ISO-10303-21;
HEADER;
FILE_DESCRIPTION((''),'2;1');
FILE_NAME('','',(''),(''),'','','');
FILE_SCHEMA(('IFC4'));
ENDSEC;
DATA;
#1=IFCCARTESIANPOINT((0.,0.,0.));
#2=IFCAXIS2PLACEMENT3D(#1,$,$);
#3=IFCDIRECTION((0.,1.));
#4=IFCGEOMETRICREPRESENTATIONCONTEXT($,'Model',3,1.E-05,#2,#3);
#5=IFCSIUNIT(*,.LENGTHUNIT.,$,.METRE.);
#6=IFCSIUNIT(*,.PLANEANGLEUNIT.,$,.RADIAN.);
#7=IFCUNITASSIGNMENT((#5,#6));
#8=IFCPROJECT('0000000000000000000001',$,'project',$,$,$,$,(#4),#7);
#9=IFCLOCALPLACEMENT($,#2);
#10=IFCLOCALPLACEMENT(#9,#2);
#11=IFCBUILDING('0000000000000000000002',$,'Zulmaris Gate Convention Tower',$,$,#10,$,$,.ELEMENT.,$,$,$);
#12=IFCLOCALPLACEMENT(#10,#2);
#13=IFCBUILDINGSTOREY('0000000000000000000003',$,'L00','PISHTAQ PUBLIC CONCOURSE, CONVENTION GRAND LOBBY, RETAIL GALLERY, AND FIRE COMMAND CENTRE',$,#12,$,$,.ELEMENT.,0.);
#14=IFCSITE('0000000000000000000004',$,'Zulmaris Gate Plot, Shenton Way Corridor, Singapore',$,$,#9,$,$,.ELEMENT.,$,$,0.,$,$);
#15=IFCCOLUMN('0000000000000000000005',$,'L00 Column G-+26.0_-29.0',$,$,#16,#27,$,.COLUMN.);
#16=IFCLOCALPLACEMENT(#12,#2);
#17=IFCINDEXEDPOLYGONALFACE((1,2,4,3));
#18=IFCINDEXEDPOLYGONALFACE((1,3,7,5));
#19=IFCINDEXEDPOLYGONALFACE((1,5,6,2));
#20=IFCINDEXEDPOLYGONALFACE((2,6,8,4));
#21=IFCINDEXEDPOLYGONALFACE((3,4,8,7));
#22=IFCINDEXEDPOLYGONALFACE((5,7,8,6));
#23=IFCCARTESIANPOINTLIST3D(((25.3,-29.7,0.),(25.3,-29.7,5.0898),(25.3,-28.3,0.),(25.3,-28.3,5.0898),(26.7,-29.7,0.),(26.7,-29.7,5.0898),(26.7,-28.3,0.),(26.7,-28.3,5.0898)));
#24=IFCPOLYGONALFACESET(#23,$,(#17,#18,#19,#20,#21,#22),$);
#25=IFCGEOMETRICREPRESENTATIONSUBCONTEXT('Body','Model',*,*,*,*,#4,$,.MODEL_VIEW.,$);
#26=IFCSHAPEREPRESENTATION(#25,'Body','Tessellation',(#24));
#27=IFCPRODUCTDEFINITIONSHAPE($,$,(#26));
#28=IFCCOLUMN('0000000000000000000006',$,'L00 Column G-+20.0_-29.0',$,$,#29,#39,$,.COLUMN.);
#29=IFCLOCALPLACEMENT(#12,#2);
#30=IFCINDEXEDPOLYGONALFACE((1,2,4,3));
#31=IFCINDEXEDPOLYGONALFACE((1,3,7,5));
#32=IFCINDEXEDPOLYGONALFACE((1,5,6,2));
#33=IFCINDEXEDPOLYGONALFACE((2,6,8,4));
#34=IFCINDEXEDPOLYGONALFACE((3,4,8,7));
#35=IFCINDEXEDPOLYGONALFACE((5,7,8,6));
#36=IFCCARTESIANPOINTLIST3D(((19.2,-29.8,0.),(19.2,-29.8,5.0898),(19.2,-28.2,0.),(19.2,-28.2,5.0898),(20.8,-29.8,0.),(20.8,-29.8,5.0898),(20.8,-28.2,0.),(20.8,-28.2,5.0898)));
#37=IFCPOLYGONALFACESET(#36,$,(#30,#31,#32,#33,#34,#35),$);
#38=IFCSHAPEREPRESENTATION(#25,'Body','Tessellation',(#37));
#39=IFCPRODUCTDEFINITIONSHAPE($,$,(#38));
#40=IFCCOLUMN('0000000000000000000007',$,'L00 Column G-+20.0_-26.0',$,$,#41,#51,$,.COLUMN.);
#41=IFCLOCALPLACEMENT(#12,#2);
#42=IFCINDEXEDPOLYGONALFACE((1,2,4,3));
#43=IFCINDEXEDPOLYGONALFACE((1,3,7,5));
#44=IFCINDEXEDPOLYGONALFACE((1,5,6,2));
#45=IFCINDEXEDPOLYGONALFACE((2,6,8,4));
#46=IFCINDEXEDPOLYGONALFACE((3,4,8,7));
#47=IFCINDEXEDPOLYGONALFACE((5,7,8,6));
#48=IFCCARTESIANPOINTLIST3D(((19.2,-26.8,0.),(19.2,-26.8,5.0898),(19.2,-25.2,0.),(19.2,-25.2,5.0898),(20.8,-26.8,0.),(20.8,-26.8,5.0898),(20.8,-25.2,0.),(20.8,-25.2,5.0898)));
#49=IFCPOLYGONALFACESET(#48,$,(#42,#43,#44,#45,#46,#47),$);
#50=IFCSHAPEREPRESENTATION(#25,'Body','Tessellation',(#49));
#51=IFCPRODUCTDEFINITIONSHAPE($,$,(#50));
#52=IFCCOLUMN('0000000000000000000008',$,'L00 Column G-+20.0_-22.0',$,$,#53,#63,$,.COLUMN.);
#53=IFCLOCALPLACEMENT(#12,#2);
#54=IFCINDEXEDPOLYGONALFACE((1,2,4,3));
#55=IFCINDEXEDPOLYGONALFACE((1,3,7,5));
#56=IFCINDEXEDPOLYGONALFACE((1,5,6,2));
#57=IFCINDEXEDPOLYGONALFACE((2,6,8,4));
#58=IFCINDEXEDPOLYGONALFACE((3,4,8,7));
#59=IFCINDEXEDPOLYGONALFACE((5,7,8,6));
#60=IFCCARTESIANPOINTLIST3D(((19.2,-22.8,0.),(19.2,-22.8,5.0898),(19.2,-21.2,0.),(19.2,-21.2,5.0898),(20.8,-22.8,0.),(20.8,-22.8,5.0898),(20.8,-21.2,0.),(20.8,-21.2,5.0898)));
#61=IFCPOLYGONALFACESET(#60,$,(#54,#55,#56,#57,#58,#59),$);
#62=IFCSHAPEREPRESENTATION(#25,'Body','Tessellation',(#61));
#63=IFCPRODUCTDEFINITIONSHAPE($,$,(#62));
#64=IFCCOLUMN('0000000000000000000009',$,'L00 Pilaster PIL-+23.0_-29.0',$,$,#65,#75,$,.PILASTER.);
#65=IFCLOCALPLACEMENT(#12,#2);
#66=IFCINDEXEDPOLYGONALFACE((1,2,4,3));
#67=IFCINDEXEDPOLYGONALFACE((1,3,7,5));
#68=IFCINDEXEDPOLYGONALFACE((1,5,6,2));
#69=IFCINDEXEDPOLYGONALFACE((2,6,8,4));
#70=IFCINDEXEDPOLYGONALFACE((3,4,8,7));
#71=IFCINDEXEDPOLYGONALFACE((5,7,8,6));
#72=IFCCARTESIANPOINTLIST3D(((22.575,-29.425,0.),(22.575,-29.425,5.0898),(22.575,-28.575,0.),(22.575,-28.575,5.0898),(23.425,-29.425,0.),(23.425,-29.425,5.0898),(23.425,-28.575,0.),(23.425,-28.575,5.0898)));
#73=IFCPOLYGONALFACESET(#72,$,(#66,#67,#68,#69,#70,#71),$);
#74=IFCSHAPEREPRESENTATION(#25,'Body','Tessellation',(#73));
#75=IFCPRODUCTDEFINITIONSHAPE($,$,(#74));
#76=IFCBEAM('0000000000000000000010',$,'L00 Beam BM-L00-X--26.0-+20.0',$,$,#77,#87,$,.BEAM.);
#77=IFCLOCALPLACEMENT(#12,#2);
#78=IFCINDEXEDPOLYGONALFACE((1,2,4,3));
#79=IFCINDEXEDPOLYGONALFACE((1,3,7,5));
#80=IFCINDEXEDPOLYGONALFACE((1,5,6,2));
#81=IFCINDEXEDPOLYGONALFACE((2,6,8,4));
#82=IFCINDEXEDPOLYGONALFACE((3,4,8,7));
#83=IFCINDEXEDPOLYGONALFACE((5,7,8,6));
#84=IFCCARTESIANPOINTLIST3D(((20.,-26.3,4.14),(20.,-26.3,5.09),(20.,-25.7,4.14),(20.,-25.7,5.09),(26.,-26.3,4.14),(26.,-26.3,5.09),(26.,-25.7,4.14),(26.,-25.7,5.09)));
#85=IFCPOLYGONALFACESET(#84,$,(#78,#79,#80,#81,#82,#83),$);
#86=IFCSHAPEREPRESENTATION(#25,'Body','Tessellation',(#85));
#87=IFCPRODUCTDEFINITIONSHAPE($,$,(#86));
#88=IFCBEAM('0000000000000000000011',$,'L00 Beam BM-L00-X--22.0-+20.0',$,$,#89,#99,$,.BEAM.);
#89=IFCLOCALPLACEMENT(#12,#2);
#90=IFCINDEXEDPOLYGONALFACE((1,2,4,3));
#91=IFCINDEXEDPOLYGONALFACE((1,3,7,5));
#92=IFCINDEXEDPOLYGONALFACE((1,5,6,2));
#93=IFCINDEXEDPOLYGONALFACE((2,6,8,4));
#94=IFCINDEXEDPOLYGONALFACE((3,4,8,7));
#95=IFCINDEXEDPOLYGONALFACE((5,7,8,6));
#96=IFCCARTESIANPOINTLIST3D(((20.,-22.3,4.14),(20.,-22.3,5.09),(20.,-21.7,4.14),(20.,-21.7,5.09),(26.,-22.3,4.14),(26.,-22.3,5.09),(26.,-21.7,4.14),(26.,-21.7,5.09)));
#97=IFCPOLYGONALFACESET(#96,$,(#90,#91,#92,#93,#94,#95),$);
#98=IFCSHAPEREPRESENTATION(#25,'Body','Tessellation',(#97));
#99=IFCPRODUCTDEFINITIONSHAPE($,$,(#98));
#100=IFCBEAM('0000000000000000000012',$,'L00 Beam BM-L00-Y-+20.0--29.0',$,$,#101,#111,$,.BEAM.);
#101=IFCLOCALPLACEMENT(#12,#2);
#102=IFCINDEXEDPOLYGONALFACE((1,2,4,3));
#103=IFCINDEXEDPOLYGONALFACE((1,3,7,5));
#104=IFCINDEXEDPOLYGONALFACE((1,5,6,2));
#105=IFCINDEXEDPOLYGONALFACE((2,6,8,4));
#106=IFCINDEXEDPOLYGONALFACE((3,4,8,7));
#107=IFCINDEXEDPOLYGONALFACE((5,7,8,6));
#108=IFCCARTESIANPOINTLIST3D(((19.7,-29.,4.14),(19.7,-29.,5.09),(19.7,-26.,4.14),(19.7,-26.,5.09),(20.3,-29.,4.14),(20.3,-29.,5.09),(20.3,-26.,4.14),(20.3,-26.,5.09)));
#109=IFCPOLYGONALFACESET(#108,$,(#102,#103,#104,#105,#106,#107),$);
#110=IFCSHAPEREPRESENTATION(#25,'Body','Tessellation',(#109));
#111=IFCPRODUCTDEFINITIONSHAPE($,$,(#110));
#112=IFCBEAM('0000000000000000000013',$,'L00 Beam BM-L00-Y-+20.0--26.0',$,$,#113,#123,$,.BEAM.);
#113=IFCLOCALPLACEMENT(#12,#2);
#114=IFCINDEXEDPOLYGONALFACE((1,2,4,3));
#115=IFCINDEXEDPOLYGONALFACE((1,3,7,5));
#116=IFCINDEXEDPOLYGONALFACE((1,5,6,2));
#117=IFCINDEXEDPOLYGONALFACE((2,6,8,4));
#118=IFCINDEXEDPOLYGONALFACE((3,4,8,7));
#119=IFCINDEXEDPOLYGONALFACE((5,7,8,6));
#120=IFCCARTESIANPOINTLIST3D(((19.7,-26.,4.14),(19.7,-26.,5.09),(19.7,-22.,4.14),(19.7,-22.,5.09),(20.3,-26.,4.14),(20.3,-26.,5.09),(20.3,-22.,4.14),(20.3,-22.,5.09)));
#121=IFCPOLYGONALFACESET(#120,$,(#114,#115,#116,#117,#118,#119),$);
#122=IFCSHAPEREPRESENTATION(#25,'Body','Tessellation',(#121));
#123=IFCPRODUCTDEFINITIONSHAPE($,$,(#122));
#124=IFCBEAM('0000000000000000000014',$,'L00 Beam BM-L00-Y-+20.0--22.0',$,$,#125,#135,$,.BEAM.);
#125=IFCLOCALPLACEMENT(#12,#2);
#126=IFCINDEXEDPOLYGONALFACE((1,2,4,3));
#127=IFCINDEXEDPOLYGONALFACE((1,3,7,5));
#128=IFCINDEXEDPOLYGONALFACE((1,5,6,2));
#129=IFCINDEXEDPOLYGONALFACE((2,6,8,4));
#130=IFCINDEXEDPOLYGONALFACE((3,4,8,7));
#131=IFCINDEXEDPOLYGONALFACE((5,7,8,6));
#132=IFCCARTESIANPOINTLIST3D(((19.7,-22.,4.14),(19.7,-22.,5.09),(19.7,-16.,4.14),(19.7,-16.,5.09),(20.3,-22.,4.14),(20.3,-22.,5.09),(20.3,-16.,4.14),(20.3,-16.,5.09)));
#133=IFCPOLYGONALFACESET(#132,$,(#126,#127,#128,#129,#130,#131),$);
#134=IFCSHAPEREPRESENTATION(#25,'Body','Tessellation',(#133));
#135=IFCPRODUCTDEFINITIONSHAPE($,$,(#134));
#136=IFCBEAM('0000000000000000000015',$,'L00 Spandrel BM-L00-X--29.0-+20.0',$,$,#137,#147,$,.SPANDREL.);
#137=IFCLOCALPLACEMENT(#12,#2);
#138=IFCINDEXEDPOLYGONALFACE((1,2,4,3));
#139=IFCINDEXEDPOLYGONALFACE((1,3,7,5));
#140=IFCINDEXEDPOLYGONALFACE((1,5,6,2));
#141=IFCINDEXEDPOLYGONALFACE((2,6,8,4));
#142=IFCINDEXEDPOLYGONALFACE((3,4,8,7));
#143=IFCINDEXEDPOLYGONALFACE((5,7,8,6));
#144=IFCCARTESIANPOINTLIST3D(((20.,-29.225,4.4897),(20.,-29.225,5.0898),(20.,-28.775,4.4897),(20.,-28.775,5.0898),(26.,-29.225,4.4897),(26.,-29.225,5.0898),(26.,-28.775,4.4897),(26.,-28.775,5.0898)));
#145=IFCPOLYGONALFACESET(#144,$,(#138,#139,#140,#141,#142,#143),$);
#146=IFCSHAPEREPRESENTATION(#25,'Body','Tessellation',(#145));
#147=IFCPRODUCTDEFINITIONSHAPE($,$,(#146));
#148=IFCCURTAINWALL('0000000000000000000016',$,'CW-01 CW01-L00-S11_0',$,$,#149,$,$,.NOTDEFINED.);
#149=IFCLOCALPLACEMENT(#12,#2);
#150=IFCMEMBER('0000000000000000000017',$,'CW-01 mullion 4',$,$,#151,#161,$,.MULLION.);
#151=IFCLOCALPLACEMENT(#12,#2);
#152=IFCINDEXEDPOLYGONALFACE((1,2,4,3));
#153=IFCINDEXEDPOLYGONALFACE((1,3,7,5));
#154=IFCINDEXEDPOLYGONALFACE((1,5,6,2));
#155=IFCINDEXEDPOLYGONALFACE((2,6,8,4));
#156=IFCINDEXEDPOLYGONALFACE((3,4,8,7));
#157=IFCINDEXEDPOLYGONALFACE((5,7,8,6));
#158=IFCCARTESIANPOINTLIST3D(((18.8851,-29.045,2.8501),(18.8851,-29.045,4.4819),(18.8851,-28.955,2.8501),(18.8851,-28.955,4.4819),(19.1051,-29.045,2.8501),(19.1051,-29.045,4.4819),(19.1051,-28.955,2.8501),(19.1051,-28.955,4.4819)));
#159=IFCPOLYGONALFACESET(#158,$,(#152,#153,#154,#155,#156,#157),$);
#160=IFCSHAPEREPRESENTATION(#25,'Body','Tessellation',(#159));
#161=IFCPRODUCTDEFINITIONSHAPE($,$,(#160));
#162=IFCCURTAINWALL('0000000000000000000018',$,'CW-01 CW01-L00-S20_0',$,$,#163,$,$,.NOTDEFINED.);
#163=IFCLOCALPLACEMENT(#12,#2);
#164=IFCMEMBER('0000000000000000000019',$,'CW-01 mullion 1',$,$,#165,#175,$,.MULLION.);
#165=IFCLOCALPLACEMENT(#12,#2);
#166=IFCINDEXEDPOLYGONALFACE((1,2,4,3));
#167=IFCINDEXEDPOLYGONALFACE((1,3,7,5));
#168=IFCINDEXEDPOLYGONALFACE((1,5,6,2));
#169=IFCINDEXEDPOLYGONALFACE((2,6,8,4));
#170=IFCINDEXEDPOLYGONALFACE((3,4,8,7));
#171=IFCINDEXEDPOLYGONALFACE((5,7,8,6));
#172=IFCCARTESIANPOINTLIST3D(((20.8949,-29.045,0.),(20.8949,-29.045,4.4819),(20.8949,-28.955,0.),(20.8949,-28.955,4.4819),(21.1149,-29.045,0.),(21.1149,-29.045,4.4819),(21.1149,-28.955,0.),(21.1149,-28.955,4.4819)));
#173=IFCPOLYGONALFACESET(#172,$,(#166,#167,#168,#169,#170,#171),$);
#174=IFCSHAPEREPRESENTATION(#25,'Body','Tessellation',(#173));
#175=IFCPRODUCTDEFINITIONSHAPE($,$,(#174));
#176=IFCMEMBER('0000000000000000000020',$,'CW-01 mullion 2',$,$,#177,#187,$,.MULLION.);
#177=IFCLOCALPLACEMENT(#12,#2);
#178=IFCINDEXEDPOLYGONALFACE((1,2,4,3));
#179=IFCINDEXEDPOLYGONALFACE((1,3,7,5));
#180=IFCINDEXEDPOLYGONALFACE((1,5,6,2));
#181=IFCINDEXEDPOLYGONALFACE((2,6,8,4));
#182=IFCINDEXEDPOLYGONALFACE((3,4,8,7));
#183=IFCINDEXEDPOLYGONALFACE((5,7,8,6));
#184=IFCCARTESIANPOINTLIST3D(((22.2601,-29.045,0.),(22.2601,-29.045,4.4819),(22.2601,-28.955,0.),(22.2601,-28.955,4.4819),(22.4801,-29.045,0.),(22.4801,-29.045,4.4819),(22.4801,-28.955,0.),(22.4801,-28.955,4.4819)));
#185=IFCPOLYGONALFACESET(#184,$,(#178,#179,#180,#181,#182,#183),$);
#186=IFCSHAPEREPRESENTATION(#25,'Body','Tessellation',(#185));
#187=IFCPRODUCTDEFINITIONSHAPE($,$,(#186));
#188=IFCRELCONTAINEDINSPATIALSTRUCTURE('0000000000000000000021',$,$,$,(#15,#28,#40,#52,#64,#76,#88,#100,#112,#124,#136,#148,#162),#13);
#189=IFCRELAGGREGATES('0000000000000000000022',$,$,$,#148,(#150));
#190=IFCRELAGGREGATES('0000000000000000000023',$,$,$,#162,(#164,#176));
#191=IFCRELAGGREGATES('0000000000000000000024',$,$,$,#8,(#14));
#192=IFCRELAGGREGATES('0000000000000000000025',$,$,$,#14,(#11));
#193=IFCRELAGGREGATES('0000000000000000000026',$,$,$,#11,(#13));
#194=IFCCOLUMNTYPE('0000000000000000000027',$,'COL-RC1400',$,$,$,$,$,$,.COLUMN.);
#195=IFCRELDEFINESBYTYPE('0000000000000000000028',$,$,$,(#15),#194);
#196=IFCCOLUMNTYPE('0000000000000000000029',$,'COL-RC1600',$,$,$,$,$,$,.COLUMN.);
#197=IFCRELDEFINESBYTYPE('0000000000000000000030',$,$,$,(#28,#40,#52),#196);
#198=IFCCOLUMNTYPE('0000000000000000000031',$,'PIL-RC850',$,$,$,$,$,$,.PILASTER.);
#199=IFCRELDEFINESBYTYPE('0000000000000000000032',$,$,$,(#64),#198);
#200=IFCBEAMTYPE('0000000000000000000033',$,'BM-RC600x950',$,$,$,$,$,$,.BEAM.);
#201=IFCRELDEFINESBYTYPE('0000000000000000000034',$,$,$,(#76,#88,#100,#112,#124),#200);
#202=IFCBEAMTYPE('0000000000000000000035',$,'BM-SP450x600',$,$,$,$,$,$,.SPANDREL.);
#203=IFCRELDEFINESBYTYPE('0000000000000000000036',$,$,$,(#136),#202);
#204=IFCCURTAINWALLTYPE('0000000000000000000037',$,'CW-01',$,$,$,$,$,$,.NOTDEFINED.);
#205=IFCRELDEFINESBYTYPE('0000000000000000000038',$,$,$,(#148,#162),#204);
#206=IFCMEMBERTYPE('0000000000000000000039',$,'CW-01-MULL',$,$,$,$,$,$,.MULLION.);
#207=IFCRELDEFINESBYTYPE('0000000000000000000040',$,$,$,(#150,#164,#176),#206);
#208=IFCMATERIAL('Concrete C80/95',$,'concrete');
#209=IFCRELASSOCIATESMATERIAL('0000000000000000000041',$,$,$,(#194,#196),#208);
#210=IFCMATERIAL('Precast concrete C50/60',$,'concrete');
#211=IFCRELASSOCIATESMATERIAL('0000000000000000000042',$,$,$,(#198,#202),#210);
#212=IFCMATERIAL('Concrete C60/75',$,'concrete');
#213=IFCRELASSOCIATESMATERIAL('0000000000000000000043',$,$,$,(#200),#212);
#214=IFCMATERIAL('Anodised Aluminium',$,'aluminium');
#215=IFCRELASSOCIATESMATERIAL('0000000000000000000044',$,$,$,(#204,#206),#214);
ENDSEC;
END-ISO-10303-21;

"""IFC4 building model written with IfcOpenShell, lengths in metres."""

from ifc_helpers import new_model, si_unit, direction, frame, origin, origin_2d, place, context, subcontext, project, spatial, rectangle, extrude, material, material_profile, profile_set, type_object, element, aggregate, save


model = new_model("IFC4")

# Units and contexts
model_context = context("Model", 3, precision=1e-05, world=origin(), true_north=direction((0.0, 1.0)))
body_context = subcontext(model_context, "Body", "Model", "MODEL_VIEW")
ifc_project = project(units=[si_unit("LENGTHUNIT", "METRE"), si_unit("PLANEANGLEUNIT", "RADIAN")], contexts=[model_context])

# Site, building, storey
site_placement = place(None, origin())
site = spatial("IfcSite", under=ifc_project, at=site_placement, Name="Zulmaris Gate Plot, Shenton Way Corridor, Singapore", CompositionType="ELEMENT", RefElevation=0.0)
building_placement = place(site_placement, origin())
building = spatial("IfcBuilding", under=site, at=building_placement, Name="Zulmaris Gate Convention Tower", CompositionType="ELEMENT")
storey_placement = place(building_placement, origin())
storey = spatial("IfcBuildingStorey", under=building, at=storey_placement, Name="L00", Description="PISHTAQ PUBLIC CONCOURSE, CONVENTION GRAND LOBBY, RETAIL GALLERY, AND FIRE COMMAND CENTRE", CompositionType="ELEMENT", Elevation=0.0)

# Columns
ifc_material_1 = material(Name="Concrete C80/95", Category="concrete")
ifc_material_profile_1 = material_profile(ifc_material_1, rectangle(XDim=1.3999, YDim=1.3999, at=origin_2d()), Name="RC COL 1400x1400")
ifc_profile_set_1 = profile_set([ifc_material_profile_1], Name="Concrete C80/95")
column_type_1 = type_object("IfcColumnType", Name="COL-RC1400", PredefinedType="COLUMN", material=ifc_profile_set_1)
column_1_placement = place(storey_placement, frame((26.0, -29.0, 0.0), z_axis=(0.0, 0.0, 1.0), x_axis=(1.0, 0.0, 0.0)))
element("IfcColumn", 1, at=column_1_placement, inside=storey, type_object=column_type_1, Name="L00 Column G-+26.0_-29.0", PredefinedType="COLUMN", context=body_context, shape_type="SweptSolid", body=[
    extrude(rectangle(XDim=1.3999, YDim=1.3999, at=origin_2d()), origin(), (0.0, 0.0, 1.0), 5.0898),
])
ifc_material_profile_2 = material_profile(ifc_material_1, rectangle(XDim=1.6001, YDim=1.6001, at=origin_2d()), Name="RC COL 1600x1600")
ifc_profile_set_2 = profile_set([ifc_material_profile_2], Name="Concrete C80/95")
column_type_2 = type_object("IfcColumnType", Name="COL-RC1600", PredefinedType="COLUMN", material=ifc_profile_set_2)
for number, where, z_axis, x_axis, name in (
    (2, (20.0, -29.0, 0.0), (0.0, 0.0, 1.0), (1.0, 0.0, 0.0), "L00 Column G-+20.0_-29.0"),
    (3, (20.0, -26.0, 0.0), (0.0, 0.0, 1.0), (1.0, 0.0, 0.0), "L00 Column G-+20.0_-26.0"),
    (4, (20.0, -22.0, 0.0), (0.0, 0.0, 1.0), (1.0, 0.0, 0.0), "L00 Column G-+20.0_-22.0"),
):
    element("IfcColumn", number, at=place(storey_placement, frame(where, z_axis=z_axis, x_axis=x_axis)), inside=storey, type_object=column_type_2, Name=name, PredefinedType="COLUMN", context=body_context, shape_type="SweptSolid", body=[
        extrude(rectangle(XDim=1.6001, YDim=1.6001, at=origin_2d()), origin(), (0.0, 0.0, 1.0), 5.0898),
    ])
ifc_material_2 = material(Name="Precast concrete C50/60", Category="concrete")
ifc_material_profile_3 = material_profile(ifc_material_2, rectangle(XDim=0.8501, YDim=0.8501, at=origin_2d()), Name="RC COL 850x850")
ifc_profile_set_3 = profile_set([ifc_material_profile_3], Name="Precast concrete C50/60")
column_type_3 = type_object("IfcColumnType", Name="PIL-RC850", PredefinedType="PILASTER", material=ifc_profile_set_3)
column_2_placement = place(storey_placement, frame((23.0, -29.0, 0.0), z_axis=(0.0, 0.0, 1.0), x_axis=(1.0, 0.0, 0.0)))
element("IfcColumn", 5, at=column_2_placement, inside=storey, type_object=column_type_3, Name="L00 Pilaster PIL-+23.0_-29.0", PredefinedType="PILASTER", context=body_context, shape_type="SweptSolid", body=[
    extrude(rectangle(XDim=0.8501, YDim=0.8501, at=origin_2d()), origin(), (0.0, 0.0, 1.0), 5.0898),
])

# Beams
ifc_material_3 = material(Name="Concrete C60/75", Category="concrete")
ifc_material_profile_4 = material_profile(ifc_material_3, rectangle(XDim=0.6001, YDim=0.95, at=origin_2d()), Name="RC BEAM 600x950")
ifc_profile_set_4 = profile_set([ifc_material_profile_4], Name="Concrete C60/75")
beam_type_1 = type_object("IfcBeamType", Name="BM-RC600x950", PredefinedType="BEAM", material=ifc_profile_set_4)
for number, where, z_axis, x_axis, name in (
    (6, (20.0, -26.0, 4.615), (1.0, 0.0, 0.0), (0.0, 1.0, 0.0), "L00 Beam BM-L00-X--26.0-+20.0"),
    (7, (20.0, -22.0, 4.615), (1.0, 0.0, 0.0), (0.0, 1.0, 0.0), "L00 Beam BM-L00-X--22.0-+20.0"),
):
    element("IfcBeam", number, at=place(storey_placement, frame(where, z_axis=z_axis, x_axis=x_axis)), inside=storey, type_object=beam_type_1, Name=name, PredefinedType="BEAM", context=body_context, shape_type="SweptSolid", body=[
        extrude(rectangle(XDim=0.6001, YDim=0.95, at=origin_2d()), origin(), (0.0, 0.0, 1.0), 6.0),
    ])
beam_1_placement = place(storey_placement, frame((20.0, -29.0, 4.615), z_axis=(0.0, 1.0, 0.0), x_axis=(-1.0, 0.0, 0.0)))
element("IfcBeam", 8, at=beam_1_placement, inside=storey, type_object=beam_type_1, Name="L00 Beam BM-L00-Y-+20.0--29.0", PredefinedType="BEAM", context=body_context, shape_type="SweptSolid", body=[
    extrude(rectangle(XDim=0.6001, YDim=0.95, at=origin_2d()), origin(), (0.0, 0.0, 1.0), 3.0),
])
beam_2_placement = place(storey_placement, frame((20.0, -26.0, 4.615), z_axis=(0.0, 1.0, 0.0), x_axis=(-1.0, 0.0, 0.0)))
element("IfcBeam", 9, at=beam_2_placement, inside=storey, type_object=beam_type_1, Name="L00 Beam BM-L00-Y-+20.0--26.0", PredefinedType="BEAM", context=body_context, shape_type="SweptSolid", body=[
    extrude(rectangle(XDim=0.6001, YDim=0.95, at=origin_2d()), origin(), (0.0, 0.0, 1.0), 4.0),
])
beam_3_placement = place(storey_placement, frame((20.0, -22.0, 4.615), z_axis=(0.0, 1.0, 0.0), x_axis=(-1.0, 0.0, 0.0)))
element("IfcBeam", 10, at=beam_3_placement, inside=storey, type_object=beam_type_1, Name="L00 Beam BM-L00-Y-+20.0--22.0", PredefinedType="BEAM", context=body_context, shape_type="SweptSolid", body=[
    extrude(rectangle(XDim=0.6001, YDim=0.95, at=origin_2d()), origin(), (0.0, 0.0, 1.0), 6.0),
])
ifc_material_profile_5 = material_profile(ifc_material_2, rectangle(XDim=0.45, YDim=0.6001, at=origin_2d()), Name="RC SPANDREL 450x600")
ifc_profile_set_5 = profile_set([ifc_material_profile_5], Name="Precast concrete C50/60")
beam_type_2 = type_object("IfcBeamType", Name="BM-SP450x600", PredefinedType="SPANDREL", material=ifc_profile_set_5)
beam_4_placement = place(storey_placement, frame((20.0, -29.0, 4.7898), z_axis=(1.0, 0.0, 0.0), x_axis=(0.0, 1.0, 0.0)))
element("IfcBeam", 11, at=beam_4_placement, inside=storey, type_object=beam_type_2, Name="L00 Spandrel BM-L00-X--29.0-+20.0", PredefinedType="SPANDREL", context=body_context, shape_type="SweptSolid", body=[
    extrude(rectangle(XDim=0.45, YDim=0.6001, at=origin_2d()), origin(), (0.0, 0.0, 1.0), 6.0),
])

# Curtain wall, member
ifc_material_4 = material(Name="Anodised Aluminium", Category="aluminium")
curtain_wall_type = type_object("IfcCurtainWallType", Name="CW-01", PredefinedType="NOTDEFINED", material=ifc_material_4)
curtain_wall_1_placement = place(storey_placement, origin())
curtain_wall_1 = element("IfcCurtainWall", 12, at=curtain_wall_1_placement, inside=storey, type_object=curtain_wall_type, Name="CW-01 CW01-L00-S11_0", PredefinedType="NOTDEFINED")
ifc_material_profile_6 = material_profile(ifc_material_4, rectangle(XDim=0.0901, YDim=0.22, at=origin_2d()), Name="ALU MULLION 90x220")
ifc_profile_set_6 = profile_set([ifc_material_profile_6], Name="Anodised Aluminium")
member_type_1 = type_object("IfcMemberType", Name="CW-01-MULL", PredefinedType="MULLION", material=ifc_profile_set_6)
member_1_placement = place(storey_placement, frame((18.9951, -29.0, 2.8501), z_axis=(0.0, 0.0, 1.0), x_axis=(0.0, 1.0, 0.0)))
member_1 = element("IfcMember", 13, at=member_1_placement, type_object=member_type_1, Name="CW-01 mullion 4", PredefinedType="MULLION", context=body_context, shape_type="SweptSolid", body=[
    extrude(rectangle(XDim=0.0901, YDim=0.22, at=origin_2d()), origin(), (0.0, 0.0, 1.0), 1.6318),
])
aggregate(curtain_wall_1, [member_1])

# Curtain wall, members
curtain_wall_2_placement = place(storey_placement, origin())
curtain_wall_2 = element("IfcCurtainWall", 14, at=curtain_wall_2_placement, inside=storey, type_object=curtain_wall_type, Name="CW-01 CW01-L00-S20_0", PredefinedType="NOTDEFINED")
member_2_placement = place(storey_placement, frame((21.0049, -29.0, 0.0), z_axis=(0.0, 0.0, 1.0), x_axis=(0.0, 1.0, 0.0)))
member_2 = element("IfcMember", 15, at=member_2_placement, type_object=member_type_1, Name="CW-01 mullion 1", PredefinedType="MULLION", context=body_context, shape_type="SweptSolid", body=[
    extrude(rectangle(XDim=0.0901, YDim=0.22, at=origin_2d()), origin(), (0.0, 0.0, 1.0), 4.4819),
])
member_3_placement = place(storey_placement, frame((22.3701, -29.0, 0.0), z_axis=(0.0, 0.0, 1.0), x_axis=(0.0, 1.0, 0.0)))
member_3 = element("IfcMember", 16, at=member_3_placement, type_object=member_type_1, Name="CW-01 mullion 2", PredefinedType="MULLION", context=body_context, shape_type="SweptSolid", body=[
    extrude(rectangle(XDim=0.0901, YDim=0.22, at=origin_2d()), origin(), (0.0, 0.0, 1.0), 4.4819),
])
aggregate(curtain_wall_2, [member_2, member_3])

save(model, "model.ifc")
